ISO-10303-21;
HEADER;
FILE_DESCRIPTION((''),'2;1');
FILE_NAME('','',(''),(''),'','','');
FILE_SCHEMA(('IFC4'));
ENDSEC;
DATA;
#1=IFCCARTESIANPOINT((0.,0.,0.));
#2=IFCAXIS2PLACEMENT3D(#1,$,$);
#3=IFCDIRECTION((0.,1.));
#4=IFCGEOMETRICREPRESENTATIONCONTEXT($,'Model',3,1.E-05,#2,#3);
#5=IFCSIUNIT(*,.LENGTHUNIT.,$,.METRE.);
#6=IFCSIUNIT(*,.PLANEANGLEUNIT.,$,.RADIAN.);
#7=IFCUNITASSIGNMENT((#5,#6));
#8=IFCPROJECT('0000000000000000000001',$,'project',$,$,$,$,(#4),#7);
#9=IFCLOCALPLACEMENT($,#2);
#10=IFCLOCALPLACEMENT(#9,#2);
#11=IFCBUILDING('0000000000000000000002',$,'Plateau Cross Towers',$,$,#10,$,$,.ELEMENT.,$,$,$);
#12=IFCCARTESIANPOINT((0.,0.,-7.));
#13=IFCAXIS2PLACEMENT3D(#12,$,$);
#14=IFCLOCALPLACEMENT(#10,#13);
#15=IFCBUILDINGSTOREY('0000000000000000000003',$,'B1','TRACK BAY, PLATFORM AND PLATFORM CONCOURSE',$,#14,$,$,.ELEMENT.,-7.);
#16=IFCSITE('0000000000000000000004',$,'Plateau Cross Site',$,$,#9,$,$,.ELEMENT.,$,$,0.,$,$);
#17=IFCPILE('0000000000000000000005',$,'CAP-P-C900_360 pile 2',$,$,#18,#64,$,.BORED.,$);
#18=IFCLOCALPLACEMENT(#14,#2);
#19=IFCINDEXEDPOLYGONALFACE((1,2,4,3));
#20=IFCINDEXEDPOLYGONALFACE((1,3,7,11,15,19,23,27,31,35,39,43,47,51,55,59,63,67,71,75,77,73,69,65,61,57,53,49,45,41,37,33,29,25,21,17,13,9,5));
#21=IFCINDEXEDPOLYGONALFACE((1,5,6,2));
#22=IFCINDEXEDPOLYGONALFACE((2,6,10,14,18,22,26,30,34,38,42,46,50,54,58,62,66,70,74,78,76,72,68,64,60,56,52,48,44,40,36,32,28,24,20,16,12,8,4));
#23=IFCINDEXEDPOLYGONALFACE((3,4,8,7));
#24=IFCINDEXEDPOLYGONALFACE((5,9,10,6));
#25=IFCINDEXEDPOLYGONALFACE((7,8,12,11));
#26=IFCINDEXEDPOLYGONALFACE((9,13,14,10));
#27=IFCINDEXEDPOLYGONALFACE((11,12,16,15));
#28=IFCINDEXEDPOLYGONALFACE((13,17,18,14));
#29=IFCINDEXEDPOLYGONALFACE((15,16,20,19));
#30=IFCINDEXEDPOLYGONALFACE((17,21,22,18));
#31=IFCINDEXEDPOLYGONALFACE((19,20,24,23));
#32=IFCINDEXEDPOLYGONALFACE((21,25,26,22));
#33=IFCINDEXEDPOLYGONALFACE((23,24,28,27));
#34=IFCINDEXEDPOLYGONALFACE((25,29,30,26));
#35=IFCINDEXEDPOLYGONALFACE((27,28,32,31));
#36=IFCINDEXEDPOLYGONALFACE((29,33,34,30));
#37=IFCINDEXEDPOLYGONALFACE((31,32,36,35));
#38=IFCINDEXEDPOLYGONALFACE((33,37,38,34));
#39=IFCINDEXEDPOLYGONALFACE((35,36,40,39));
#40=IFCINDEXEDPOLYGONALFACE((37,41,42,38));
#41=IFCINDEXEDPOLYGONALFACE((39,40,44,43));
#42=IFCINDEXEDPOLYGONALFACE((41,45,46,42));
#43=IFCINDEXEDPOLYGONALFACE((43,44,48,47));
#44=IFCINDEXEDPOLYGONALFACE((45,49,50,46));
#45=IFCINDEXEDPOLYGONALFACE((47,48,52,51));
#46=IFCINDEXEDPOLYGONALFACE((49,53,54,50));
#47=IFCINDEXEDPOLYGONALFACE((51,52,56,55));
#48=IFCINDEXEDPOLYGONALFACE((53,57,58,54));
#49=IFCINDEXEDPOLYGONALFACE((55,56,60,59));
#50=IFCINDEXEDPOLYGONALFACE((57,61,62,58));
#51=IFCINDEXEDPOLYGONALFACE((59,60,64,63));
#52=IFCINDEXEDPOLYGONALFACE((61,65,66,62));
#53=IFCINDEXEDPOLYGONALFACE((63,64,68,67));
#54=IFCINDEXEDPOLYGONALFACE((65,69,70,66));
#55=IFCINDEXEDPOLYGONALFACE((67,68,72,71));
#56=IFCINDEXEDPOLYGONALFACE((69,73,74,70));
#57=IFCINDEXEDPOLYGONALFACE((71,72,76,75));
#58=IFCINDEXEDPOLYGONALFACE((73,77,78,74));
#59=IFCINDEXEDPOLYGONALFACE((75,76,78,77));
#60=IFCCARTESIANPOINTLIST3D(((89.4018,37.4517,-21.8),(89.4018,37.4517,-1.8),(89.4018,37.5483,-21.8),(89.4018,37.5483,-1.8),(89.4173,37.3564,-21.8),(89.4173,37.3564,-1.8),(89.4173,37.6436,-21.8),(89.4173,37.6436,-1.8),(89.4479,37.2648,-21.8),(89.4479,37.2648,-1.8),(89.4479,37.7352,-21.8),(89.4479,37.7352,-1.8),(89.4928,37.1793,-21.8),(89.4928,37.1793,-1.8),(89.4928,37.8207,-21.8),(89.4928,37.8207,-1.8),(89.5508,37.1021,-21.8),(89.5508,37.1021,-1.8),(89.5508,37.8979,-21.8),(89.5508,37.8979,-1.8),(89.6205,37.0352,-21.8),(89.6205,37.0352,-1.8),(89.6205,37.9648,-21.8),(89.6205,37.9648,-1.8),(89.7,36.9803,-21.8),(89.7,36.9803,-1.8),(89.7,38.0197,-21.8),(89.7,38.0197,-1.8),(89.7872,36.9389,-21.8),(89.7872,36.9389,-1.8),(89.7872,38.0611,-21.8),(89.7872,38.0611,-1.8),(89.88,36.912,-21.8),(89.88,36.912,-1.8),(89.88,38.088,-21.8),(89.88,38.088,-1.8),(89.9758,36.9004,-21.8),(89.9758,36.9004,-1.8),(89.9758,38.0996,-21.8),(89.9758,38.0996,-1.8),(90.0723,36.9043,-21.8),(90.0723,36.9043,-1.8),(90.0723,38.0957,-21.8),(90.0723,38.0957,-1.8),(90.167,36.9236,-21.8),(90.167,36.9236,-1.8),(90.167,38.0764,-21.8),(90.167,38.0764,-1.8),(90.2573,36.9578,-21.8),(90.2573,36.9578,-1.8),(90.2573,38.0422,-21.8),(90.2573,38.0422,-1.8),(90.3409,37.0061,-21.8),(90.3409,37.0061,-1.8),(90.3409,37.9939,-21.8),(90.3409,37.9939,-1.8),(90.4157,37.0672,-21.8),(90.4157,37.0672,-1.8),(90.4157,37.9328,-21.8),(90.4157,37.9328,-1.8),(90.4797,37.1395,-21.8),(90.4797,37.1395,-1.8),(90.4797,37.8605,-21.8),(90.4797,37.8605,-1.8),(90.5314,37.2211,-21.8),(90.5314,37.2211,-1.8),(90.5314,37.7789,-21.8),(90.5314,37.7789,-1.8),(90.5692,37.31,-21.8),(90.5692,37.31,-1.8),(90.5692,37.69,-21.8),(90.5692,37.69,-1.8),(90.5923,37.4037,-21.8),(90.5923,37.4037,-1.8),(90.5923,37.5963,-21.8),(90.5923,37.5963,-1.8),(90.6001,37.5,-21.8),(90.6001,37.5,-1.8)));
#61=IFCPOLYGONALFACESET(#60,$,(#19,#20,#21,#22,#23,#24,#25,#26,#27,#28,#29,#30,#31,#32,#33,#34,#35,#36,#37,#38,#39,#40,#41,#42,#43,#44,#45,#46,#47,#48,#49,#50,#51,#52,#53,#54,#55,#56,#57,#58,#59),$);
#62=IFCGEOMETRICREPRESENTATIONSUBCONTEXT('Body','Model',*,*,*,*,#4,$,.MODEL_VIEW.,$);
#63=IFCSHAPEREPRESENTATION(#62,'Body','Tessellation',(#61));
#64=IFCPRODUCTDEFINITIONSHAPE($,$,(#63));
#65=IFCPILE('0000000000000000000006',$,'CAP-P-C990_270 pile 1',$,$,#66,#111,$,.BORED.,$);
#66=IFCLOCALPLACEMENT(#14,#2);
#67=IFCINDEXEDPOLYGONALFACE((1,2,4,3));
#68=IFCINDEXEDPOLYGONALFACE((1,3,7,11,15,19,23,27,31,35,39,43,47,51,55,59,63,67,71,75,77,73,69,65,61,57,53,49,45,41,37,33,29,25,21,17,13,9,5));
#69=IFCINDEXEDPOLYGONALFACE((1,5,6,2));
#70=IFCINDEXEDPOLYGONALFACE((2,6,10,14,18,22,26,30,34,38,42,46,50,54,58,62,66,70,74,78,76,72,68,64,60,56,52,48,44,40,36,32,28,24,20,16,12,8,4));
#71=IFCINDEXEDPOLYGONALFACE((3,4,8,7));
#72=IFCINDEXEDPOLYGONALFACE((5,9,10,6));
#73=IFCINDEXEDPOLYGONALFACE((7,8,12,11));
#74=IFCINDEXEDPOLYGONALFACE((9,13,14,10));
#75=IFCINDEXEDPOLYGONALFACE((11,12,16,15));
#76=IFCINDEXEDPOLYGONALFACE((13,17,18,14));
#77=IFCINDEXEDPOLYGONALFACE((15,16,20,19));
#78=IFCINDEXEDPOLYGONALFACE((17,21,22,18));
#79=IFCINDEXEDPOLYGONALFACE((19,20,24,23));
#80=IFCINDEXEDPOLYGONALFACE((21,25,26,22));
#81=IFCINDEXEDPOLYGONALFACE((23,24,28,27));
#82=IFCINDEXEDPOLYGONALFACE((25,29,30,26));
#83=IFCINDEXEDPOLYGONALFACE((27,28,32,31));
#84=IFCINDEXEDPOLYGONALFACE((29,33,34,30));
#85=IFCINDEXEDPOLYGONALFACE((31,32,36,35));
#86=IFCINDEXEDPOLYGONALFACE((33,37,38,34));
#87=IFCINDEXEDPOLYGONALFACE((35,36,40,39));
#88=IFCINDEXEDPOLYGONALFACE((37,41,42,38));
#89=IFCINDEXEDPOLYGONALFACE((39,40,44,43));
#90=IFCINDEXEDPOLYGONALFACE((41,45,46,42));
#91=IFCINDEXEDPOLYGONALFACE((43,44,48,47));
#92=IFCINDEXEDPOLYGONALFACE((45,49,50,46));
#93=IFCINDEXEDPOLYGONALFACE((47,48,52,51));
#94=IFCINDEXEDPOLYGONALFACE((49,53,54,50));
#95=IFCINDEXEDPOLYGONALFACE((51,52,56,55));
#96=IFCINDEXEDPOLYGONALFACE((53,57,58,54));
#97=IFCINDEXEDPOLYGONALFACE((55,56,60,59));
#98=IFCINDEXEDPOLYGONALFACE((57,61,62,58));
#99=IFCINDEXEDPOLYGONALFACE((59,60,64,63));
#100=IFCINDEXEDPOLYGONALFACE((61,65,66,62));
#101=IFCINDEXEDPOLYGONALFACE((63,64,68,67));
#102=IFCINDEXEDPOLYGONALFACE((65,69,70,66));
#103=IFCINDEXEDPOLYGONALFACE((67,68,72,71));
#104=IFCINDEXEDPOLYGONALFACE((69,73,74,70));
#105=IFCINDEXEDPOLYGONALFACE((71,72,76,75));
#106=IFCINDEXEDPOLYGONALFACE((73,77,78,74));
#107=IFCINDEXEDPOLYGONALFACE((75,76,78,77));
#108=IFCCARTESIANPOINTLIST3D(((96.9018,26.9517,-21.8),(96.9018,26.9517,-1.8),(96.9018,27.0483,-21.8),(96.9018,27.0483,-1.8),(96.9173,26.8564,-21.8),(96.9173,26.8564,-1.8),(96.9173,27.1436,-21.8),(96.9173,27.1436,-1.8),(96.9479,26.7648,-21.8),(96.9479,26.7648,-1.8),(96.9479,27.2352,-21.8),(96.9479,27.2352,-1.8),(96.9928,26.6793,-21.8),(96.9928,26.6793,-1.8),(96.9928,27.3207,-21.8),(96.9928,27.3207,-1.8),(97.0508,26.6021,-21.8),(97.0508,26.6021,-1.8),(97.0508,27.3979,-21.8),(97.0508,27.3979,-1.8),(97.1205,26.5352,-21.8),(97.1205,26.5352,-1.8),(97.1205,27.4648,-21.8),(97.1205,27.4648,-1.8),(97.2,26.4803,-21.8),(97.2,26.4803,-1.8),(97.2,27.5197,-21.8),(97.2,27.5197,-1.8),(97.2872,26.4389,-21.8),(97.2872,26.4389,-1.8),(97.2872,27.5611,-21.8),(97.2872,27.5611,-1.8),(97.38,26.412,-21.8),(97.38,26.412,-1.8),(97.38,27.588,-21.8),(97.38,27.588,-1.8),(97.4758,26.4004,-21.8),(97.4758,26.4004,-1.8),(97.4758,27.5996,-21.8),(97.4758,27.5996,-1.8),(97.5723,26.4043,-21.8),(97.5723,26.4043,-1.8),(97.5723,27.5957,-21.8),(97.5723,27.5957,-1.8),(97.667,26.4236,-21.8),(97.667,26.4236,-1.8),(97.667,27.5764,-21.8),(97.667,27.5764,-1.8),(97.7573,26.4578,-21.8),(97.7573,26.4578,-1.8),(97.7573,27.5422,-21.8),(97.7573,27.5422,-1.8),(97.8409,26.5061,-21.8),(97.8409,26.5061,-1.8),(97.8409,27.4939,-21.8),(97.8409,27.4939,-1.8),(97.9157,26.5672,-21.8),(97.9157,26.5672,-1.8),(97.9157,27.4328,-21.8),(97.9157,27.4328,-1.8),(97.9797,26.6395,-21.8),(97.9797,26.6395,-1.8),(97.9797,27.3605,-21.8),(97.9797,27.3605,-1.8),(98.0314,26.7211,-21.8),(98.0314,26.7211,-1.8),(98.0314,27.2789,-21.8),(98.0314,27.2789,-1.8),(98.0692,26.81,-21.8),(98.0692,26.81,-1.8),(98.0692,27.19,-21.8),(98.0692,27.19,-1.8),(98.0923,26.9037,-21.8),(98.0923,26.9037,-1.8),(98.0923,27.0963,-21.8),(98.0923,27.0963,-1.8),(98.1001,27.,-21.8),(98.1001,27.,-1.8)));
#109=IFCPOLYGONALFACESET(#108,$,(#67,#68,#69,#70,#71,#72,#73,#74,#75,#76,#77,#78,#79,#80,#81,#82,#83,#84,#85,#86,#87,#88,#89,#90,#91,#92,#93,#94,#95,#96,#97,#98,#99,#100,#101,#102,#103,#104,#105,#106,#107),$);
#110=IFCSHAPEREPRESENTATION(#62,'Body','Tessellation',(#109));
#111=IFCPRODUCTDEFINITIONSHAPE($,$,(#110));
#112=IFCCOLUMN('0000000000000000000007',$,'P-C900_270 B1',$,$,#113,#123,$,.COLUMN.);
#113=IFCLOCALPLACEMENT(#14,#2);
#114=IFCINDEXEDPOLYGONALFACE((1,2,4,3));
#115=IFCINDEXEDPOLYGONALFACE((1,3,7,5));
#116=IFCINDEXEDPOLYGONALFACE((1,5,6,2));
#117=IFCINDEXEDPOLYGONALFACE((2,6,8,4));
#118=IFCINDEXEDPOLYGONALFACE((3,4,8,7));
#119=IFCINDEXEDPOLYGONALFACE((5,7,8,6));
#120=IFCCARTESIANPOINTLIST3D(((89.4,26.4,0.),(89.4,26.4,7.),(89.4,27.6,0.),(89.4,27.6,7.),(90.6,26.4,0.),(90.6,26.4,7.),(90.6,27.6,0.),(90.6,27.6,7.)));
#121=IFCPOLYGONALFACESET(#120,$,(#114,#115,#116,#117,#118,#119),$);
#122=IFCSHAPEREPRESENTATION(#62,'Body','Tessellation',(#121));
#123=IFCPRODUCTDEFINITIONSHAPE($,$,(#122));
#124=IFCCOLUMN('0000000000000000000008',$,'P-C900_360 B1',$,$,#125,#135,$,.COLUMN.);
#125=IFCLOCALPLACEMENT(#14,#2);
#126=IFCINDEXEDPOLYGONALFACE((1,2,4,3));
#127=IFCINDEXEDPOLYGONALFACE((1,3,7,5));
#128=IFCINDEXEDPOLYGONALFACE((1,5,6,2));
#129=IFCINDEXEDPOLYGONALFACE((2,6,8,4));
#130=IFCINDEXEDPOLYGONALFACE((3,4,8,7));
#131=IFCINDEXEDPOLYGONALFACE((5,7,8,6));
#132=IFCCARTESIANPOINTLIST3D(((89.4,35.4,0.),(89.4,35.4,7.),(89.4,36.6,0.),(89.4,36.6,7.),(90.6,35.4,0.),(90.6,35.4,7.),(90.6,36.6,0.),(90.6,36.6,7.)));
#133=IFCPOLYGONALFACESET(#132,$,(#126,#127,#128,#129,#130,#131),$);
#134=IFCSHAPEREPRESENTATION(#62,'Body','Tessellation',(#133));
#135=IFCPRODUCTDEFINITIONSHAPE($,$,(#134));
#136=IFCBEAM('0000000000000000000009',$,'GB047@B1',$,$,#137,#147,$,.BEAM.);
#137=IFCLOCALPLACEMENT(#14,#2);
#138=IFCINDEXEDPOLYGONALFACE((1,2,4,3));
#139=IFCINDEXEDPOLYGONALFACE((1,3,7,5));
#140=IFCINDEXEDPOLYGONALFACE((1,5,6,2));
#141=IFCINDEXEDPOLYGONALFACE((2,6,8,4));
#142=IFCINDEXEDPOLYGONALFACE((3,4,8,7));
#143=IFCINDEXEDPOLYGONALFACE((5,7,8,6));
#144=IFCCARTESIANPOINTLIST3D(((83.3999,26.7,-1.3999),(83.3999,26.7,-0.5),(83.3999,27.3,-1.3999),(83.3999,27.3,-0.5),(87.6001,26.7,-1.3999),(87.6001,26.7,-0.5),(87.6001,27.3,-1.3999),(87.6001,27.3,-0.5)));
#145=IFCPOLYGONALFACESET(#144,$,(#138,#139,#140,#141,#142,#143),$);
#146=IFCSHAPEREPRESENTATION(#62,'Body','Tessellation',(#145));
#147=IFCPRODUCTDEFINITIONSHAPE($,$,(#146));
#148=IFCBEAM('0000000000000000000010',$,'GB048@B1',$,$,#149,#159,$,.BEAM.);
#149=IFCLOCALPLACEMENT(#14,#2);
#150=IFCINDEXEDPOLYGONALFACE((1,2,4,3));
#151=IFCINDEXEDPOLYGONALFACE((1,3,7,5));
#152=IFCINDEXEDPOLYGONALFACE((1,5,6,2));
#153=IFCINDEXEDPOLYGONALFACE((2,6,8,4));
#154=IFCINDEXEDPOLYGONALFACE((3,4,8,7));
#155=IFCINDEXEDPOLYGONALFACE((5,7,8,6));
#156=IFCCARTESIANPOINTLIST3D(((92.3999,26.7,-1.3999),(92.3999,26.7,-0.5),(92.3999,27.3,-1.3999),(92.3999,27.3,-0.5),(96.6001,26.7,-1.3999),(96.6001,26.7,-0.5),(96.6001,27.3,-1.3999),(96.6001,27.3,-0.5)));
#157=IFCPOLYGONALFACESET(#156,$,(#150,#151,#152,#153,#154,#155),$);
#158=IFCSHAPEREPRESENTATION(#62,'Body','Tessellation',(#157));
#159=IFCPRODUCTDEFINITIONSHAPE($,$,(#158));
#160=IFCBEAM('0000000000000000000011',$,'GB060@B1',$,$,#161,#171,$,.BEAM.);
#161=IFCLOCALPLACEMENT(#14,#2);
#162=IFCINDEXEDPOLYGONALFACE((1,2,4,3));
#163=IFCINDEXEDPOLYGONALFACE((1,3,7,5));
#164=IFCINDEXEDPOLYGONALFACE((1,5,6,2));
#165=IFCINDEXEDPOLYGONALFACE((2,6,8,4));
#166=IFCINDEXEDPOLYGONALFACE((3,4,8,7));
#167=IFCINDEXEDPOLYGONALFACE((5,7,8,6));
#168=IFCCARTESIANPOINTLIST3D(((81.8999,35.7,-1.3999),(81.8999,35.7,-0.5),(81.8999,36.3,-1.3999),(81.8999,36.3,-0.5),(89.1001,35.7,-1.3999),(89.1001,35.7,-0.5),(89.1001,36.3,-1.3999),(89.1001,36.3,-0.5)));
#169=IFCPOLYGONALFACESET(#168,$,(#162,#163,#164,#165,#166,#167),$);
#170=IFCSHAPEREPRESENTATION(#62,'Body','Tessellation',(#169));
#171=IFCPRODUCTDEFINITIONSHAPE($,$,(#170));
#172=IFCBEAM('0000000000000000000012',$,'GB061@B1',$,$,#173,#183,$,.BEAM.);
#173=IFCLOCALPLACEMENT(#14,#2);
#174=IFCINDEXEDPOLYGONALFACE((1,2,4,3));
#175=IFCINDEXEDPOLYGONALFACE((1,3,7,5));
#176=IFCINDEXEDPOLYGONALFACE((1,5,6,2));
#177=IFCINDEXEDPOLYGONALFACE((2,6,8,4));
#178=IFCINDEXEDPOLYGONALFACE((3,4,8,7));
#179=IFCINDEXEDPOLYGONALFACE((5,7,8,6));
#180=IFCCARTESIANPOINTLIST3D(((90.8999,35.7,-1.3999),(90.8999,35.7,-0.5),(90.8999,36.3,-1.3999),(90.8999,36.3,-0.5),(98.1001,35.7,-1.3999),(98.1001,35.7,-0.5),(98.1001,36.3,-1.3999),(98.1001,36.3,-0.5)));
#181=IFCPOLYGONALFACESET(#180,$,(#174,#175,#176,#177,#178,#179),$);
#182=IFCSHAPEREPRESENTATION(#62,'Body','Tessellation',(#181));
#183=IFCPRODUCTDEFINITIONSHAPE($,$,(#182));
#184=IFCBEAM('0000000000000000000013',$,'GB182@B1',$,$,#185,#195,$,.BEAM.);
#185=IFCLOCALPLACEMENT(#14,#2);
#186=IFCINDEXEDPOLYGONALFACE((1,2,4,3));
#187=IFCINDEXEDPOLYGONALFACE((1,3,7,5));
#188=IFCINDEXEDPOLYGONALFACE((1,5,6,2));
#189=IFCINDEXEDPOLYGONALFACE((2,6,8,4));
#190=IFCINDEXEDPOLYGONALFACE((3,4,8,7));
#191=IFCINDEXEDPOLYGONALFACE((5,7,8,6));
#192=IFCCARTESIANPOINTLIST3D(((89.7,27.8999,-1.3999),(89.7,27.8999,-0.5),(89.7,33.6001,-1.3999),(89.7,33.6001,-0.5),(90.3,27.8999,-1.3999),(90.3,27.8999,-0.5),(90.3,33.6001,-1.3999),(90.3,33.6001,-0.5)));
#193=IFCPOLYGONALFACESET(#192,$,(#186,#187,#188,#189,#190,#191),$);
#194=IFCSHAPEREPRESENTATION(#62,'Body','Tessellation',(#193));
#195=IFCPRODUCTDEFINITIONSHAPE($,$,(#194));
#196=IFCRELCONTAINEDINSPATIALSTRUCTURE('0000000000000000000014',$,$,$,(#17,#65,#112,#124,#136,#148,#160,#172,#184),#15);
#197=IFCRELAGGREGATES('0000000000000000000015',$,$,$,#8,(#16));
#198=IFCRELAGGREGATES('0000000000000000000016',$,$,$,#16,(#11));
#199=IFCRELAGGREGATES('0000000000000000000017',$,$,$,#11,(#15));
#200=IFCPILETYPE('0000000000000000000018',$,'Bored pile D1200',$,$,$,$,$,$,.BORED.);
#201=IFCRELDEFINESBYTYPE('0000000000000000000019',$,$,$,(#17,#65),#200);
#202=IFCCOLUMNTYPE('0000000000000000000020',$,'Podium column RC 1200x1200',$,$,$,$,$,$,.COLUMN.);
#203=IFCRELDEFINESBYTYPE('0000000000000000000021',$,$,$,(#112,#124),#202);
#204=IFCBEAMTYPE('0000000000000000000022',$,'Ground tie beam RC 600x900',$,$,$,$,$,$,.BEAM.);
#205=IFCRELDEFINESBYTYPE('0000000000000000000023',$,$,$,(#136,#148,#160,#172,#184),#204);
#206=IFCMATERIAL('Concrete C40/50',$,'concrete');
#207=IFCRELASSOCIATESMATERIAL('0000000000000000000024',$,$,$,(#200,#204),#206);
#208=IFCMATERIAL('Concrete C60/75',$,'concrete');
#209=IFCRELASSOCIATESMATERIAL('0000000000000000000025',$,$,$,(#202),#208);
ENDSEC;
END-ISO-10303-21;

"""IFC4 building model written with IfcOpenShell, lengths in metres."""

from ifc_helpers import new_model, si_unit, direction, frame, origin, origin_2d, place, context, subcontext, project, spatial, rectangle, circle, extrude, material, material_profile, profile_set, type_object, element, save


model = new_model("IFC4")

# Units and contexts
model_context = context("Model", 3, precision=1e-05, world=origin(), true_north=direction((0.0, 1.0)))
body_context = subcontext(model_context, "Body", "Model", "MODEL_VIEW")
ifc_project = project(units=[si_unit("LENGTHUNIT", "METRE"), si_unit("PLANEANGLEUNIT", "RADIAN")], contexts=[model_context])

# Site, building, storey
site_placement = place(None, origin())
site = spatial("IfcSite", under=ifc_project, at=site_placement, Name="Plateau Cross Site", CompositionType="ELEMENT", RefElevation=0.0)
building_placement = place(site_placement, origin())
building = spatial("IfcBuilding", under=site, at=building_placement, Name="Plateau Cross Towers", CompositionType="ELEMENT")
storey_placement = place(building_placement, frame((0.0, 0.0, -7.0)))
storey = spatial("IfcBuildingStorey", under=building, at=storey_placement, Name="B1", Description="TRACK BAY, PLATFORM AND PLATFORM CONCOURSE", CompositionType="ELEMENT", Elevation=-7.0)

# Piles
ifc_material_1 = material(Name="Concrete C40/50", Category="concrete")
ifc_material_profile_1 = material_profile(ifc_material_1, circle(Radius=0.6001, at=origin_2d()), Name="Bored pile D1200")
ifc_profile_set_1 = profile_set([ifc_material_profile_1], Name="Concrete C40/50")
pile_type = type_object("IfcPileType", Name="Bored pile D1200", PredefinedType="BORED", material=ifc_profile_set_1)
for number, where, z_axis, x_axis, name in (
    (1, (90.0, 37.5, -1.8), (0.0, 0.0, -1.0), (1.0, 0.0, 0.0), "CAP-P-C900_360 pile 2"),
    (2, (97.5, 27.0, -1.8), (0.0, 0.0, -1.0), (1.0, 0.0, 0.0), "CAP-P-C990_270 pile 1"),
):
    element("IfcPile", number, at=place(storey_placement, frame(where, z_axis=z_axis, x_axis=x_axis)), inside=storey, type_object=pile_type, Name=name, PredefinedType="BORED", context=body_context, shape_type="SweptSolid", body=[
        extrude(circle(Radius=0.6001, at=origin_2d()), origin(), (0.0, 0.0, 1.0), 20.0),
    ])

# Columns
ifc_material_2 = material(Name="Concrete C60/75", Category="concrete")
ifc_material_profile_2 = material_profile(ifc_material_2, rectangle(XDim=1.2, YDim=1.2, at=origin_2d()), Name="RC 1200x1200")
ifc_profile_set_2 = profile_set([ifc_material_profile_2], Name="Concrete C60/75")
column_type = type_object("IfcColumnType", Name="Podium column RC 1200x1200", PredefinedType="COLUMN", material=ifc_profile_set_2)
for number, where, z_axis, x_axis, name in (
    (3, (90.0, 27.0, 0.0), (0.0, 0.0, 1.0), (1.0, 0.0, 0.0), "P-C900_270 B1"),
    (4, (90.0, 36.0, 0.0), (0.0, 0.0, 1.0), (1.0, 0.0, 0.0), "P-C900_360 B1"),
):
    element("IfcColumn", number, at=place(storey_placement, frame(where, z_axis=z_axis, x_axis=x_axis)), inside=storey, type_object=column_type, Name=name, PredefinedType="COLUMN", context=body_context, shape_type="SweptSolid", body=[
        extrude(rectangle(XDim=1.2, YDim=1.2, at=origin_2d()), origin(), (0.0, 0.0, 1.0), 7.0),
    ])

# Beams
ifc_material_profile_3 = material_profile(ifc_material_1, rectangle(XDim=0.6001, YDim=0.8999, at=origin_2d()), Name="RC 600x900")
ifc_profile_set_3 = profile_set([ifc_material_profile_3], Name="Concrete C40/50")
beam_type = type_object("IfcBeamType", Name="Ground tie beam RC 600x900", PredefinedType="BEAM", material=ifc_profile_set_3)
for number, where, z_axis, x_axis, name in (
    (5, (83.3999, 27.0, -0.95), (1.0, 0.0, 0.0), (0.0, 1.0, 0.0), "GB047@B1"),
    (6, (92.3999, 27.0, -0.95), (1.0, 0.0, 0.0), (0.0, 1.0, 0.0), "GB048@B1"),
):
    element("IfcBeam", number, at=place(storey_placement, frame(where, z_axis=z_axis, x_axis=x_axis)), inside=storey, type_object=beam_type, Name=name, PredefinedType="BEAM", context=body_context, shape_type="SweptSolid", body=[
        extrude(rectangle(XDim=0.6001, YDim=0.8999, at=origin_2d()), origin(), (0.0, 0.0, 1.0), 4.2002),
    ])
for number, where, z_axis, x_axis, name in (
    (7, (81.8999, 36.0, -0.95), (1.0, 0.0, 0.0), (0.0, 1.0, 0.0), "GB060@B1"),
    (8, (90.8999, 36.0, -0.95), (1.0, 0.0, 0.0), (0.0, 1.0, 0.0), "GB061@B1"),
):
    element("IfcBeam", number, at=place(storey_placement, frame(where, z_axis=z_axis, x_axis=x_axis)), inside=storey, type_object=beam_type, Name=name, PredefinedType="BEAM", context=body_context, shape_type="SweptSolid", body=[
        extrude(rectangle(XDim=0.6001, YDim=0.8999, at=origin_2d()), origin(), (0.0, 0.0, 1.0), 7.2002),
    ])
beam_placement = place(storey_placement, frame((90.0, 27.8999, -0.95), z_axis=(0.0, 1.0, 0.0), x_axis=(-1.0, 0.0, 0.0)))
element("IfcBeam", 9, at=beam_placement, inside=storey, type_object=beam_type, Name="GB182@B1", PredefinedType="BEAM", context=body_context, shape_type="SweptSolid", body=[
    extrude(rectangle(XDim=0.6001, YDim=0.8999, at=origin_2d()), origin(), (0.0, 0.0, 1.0), 5.7002),
])

save(model, "model.ifc")
